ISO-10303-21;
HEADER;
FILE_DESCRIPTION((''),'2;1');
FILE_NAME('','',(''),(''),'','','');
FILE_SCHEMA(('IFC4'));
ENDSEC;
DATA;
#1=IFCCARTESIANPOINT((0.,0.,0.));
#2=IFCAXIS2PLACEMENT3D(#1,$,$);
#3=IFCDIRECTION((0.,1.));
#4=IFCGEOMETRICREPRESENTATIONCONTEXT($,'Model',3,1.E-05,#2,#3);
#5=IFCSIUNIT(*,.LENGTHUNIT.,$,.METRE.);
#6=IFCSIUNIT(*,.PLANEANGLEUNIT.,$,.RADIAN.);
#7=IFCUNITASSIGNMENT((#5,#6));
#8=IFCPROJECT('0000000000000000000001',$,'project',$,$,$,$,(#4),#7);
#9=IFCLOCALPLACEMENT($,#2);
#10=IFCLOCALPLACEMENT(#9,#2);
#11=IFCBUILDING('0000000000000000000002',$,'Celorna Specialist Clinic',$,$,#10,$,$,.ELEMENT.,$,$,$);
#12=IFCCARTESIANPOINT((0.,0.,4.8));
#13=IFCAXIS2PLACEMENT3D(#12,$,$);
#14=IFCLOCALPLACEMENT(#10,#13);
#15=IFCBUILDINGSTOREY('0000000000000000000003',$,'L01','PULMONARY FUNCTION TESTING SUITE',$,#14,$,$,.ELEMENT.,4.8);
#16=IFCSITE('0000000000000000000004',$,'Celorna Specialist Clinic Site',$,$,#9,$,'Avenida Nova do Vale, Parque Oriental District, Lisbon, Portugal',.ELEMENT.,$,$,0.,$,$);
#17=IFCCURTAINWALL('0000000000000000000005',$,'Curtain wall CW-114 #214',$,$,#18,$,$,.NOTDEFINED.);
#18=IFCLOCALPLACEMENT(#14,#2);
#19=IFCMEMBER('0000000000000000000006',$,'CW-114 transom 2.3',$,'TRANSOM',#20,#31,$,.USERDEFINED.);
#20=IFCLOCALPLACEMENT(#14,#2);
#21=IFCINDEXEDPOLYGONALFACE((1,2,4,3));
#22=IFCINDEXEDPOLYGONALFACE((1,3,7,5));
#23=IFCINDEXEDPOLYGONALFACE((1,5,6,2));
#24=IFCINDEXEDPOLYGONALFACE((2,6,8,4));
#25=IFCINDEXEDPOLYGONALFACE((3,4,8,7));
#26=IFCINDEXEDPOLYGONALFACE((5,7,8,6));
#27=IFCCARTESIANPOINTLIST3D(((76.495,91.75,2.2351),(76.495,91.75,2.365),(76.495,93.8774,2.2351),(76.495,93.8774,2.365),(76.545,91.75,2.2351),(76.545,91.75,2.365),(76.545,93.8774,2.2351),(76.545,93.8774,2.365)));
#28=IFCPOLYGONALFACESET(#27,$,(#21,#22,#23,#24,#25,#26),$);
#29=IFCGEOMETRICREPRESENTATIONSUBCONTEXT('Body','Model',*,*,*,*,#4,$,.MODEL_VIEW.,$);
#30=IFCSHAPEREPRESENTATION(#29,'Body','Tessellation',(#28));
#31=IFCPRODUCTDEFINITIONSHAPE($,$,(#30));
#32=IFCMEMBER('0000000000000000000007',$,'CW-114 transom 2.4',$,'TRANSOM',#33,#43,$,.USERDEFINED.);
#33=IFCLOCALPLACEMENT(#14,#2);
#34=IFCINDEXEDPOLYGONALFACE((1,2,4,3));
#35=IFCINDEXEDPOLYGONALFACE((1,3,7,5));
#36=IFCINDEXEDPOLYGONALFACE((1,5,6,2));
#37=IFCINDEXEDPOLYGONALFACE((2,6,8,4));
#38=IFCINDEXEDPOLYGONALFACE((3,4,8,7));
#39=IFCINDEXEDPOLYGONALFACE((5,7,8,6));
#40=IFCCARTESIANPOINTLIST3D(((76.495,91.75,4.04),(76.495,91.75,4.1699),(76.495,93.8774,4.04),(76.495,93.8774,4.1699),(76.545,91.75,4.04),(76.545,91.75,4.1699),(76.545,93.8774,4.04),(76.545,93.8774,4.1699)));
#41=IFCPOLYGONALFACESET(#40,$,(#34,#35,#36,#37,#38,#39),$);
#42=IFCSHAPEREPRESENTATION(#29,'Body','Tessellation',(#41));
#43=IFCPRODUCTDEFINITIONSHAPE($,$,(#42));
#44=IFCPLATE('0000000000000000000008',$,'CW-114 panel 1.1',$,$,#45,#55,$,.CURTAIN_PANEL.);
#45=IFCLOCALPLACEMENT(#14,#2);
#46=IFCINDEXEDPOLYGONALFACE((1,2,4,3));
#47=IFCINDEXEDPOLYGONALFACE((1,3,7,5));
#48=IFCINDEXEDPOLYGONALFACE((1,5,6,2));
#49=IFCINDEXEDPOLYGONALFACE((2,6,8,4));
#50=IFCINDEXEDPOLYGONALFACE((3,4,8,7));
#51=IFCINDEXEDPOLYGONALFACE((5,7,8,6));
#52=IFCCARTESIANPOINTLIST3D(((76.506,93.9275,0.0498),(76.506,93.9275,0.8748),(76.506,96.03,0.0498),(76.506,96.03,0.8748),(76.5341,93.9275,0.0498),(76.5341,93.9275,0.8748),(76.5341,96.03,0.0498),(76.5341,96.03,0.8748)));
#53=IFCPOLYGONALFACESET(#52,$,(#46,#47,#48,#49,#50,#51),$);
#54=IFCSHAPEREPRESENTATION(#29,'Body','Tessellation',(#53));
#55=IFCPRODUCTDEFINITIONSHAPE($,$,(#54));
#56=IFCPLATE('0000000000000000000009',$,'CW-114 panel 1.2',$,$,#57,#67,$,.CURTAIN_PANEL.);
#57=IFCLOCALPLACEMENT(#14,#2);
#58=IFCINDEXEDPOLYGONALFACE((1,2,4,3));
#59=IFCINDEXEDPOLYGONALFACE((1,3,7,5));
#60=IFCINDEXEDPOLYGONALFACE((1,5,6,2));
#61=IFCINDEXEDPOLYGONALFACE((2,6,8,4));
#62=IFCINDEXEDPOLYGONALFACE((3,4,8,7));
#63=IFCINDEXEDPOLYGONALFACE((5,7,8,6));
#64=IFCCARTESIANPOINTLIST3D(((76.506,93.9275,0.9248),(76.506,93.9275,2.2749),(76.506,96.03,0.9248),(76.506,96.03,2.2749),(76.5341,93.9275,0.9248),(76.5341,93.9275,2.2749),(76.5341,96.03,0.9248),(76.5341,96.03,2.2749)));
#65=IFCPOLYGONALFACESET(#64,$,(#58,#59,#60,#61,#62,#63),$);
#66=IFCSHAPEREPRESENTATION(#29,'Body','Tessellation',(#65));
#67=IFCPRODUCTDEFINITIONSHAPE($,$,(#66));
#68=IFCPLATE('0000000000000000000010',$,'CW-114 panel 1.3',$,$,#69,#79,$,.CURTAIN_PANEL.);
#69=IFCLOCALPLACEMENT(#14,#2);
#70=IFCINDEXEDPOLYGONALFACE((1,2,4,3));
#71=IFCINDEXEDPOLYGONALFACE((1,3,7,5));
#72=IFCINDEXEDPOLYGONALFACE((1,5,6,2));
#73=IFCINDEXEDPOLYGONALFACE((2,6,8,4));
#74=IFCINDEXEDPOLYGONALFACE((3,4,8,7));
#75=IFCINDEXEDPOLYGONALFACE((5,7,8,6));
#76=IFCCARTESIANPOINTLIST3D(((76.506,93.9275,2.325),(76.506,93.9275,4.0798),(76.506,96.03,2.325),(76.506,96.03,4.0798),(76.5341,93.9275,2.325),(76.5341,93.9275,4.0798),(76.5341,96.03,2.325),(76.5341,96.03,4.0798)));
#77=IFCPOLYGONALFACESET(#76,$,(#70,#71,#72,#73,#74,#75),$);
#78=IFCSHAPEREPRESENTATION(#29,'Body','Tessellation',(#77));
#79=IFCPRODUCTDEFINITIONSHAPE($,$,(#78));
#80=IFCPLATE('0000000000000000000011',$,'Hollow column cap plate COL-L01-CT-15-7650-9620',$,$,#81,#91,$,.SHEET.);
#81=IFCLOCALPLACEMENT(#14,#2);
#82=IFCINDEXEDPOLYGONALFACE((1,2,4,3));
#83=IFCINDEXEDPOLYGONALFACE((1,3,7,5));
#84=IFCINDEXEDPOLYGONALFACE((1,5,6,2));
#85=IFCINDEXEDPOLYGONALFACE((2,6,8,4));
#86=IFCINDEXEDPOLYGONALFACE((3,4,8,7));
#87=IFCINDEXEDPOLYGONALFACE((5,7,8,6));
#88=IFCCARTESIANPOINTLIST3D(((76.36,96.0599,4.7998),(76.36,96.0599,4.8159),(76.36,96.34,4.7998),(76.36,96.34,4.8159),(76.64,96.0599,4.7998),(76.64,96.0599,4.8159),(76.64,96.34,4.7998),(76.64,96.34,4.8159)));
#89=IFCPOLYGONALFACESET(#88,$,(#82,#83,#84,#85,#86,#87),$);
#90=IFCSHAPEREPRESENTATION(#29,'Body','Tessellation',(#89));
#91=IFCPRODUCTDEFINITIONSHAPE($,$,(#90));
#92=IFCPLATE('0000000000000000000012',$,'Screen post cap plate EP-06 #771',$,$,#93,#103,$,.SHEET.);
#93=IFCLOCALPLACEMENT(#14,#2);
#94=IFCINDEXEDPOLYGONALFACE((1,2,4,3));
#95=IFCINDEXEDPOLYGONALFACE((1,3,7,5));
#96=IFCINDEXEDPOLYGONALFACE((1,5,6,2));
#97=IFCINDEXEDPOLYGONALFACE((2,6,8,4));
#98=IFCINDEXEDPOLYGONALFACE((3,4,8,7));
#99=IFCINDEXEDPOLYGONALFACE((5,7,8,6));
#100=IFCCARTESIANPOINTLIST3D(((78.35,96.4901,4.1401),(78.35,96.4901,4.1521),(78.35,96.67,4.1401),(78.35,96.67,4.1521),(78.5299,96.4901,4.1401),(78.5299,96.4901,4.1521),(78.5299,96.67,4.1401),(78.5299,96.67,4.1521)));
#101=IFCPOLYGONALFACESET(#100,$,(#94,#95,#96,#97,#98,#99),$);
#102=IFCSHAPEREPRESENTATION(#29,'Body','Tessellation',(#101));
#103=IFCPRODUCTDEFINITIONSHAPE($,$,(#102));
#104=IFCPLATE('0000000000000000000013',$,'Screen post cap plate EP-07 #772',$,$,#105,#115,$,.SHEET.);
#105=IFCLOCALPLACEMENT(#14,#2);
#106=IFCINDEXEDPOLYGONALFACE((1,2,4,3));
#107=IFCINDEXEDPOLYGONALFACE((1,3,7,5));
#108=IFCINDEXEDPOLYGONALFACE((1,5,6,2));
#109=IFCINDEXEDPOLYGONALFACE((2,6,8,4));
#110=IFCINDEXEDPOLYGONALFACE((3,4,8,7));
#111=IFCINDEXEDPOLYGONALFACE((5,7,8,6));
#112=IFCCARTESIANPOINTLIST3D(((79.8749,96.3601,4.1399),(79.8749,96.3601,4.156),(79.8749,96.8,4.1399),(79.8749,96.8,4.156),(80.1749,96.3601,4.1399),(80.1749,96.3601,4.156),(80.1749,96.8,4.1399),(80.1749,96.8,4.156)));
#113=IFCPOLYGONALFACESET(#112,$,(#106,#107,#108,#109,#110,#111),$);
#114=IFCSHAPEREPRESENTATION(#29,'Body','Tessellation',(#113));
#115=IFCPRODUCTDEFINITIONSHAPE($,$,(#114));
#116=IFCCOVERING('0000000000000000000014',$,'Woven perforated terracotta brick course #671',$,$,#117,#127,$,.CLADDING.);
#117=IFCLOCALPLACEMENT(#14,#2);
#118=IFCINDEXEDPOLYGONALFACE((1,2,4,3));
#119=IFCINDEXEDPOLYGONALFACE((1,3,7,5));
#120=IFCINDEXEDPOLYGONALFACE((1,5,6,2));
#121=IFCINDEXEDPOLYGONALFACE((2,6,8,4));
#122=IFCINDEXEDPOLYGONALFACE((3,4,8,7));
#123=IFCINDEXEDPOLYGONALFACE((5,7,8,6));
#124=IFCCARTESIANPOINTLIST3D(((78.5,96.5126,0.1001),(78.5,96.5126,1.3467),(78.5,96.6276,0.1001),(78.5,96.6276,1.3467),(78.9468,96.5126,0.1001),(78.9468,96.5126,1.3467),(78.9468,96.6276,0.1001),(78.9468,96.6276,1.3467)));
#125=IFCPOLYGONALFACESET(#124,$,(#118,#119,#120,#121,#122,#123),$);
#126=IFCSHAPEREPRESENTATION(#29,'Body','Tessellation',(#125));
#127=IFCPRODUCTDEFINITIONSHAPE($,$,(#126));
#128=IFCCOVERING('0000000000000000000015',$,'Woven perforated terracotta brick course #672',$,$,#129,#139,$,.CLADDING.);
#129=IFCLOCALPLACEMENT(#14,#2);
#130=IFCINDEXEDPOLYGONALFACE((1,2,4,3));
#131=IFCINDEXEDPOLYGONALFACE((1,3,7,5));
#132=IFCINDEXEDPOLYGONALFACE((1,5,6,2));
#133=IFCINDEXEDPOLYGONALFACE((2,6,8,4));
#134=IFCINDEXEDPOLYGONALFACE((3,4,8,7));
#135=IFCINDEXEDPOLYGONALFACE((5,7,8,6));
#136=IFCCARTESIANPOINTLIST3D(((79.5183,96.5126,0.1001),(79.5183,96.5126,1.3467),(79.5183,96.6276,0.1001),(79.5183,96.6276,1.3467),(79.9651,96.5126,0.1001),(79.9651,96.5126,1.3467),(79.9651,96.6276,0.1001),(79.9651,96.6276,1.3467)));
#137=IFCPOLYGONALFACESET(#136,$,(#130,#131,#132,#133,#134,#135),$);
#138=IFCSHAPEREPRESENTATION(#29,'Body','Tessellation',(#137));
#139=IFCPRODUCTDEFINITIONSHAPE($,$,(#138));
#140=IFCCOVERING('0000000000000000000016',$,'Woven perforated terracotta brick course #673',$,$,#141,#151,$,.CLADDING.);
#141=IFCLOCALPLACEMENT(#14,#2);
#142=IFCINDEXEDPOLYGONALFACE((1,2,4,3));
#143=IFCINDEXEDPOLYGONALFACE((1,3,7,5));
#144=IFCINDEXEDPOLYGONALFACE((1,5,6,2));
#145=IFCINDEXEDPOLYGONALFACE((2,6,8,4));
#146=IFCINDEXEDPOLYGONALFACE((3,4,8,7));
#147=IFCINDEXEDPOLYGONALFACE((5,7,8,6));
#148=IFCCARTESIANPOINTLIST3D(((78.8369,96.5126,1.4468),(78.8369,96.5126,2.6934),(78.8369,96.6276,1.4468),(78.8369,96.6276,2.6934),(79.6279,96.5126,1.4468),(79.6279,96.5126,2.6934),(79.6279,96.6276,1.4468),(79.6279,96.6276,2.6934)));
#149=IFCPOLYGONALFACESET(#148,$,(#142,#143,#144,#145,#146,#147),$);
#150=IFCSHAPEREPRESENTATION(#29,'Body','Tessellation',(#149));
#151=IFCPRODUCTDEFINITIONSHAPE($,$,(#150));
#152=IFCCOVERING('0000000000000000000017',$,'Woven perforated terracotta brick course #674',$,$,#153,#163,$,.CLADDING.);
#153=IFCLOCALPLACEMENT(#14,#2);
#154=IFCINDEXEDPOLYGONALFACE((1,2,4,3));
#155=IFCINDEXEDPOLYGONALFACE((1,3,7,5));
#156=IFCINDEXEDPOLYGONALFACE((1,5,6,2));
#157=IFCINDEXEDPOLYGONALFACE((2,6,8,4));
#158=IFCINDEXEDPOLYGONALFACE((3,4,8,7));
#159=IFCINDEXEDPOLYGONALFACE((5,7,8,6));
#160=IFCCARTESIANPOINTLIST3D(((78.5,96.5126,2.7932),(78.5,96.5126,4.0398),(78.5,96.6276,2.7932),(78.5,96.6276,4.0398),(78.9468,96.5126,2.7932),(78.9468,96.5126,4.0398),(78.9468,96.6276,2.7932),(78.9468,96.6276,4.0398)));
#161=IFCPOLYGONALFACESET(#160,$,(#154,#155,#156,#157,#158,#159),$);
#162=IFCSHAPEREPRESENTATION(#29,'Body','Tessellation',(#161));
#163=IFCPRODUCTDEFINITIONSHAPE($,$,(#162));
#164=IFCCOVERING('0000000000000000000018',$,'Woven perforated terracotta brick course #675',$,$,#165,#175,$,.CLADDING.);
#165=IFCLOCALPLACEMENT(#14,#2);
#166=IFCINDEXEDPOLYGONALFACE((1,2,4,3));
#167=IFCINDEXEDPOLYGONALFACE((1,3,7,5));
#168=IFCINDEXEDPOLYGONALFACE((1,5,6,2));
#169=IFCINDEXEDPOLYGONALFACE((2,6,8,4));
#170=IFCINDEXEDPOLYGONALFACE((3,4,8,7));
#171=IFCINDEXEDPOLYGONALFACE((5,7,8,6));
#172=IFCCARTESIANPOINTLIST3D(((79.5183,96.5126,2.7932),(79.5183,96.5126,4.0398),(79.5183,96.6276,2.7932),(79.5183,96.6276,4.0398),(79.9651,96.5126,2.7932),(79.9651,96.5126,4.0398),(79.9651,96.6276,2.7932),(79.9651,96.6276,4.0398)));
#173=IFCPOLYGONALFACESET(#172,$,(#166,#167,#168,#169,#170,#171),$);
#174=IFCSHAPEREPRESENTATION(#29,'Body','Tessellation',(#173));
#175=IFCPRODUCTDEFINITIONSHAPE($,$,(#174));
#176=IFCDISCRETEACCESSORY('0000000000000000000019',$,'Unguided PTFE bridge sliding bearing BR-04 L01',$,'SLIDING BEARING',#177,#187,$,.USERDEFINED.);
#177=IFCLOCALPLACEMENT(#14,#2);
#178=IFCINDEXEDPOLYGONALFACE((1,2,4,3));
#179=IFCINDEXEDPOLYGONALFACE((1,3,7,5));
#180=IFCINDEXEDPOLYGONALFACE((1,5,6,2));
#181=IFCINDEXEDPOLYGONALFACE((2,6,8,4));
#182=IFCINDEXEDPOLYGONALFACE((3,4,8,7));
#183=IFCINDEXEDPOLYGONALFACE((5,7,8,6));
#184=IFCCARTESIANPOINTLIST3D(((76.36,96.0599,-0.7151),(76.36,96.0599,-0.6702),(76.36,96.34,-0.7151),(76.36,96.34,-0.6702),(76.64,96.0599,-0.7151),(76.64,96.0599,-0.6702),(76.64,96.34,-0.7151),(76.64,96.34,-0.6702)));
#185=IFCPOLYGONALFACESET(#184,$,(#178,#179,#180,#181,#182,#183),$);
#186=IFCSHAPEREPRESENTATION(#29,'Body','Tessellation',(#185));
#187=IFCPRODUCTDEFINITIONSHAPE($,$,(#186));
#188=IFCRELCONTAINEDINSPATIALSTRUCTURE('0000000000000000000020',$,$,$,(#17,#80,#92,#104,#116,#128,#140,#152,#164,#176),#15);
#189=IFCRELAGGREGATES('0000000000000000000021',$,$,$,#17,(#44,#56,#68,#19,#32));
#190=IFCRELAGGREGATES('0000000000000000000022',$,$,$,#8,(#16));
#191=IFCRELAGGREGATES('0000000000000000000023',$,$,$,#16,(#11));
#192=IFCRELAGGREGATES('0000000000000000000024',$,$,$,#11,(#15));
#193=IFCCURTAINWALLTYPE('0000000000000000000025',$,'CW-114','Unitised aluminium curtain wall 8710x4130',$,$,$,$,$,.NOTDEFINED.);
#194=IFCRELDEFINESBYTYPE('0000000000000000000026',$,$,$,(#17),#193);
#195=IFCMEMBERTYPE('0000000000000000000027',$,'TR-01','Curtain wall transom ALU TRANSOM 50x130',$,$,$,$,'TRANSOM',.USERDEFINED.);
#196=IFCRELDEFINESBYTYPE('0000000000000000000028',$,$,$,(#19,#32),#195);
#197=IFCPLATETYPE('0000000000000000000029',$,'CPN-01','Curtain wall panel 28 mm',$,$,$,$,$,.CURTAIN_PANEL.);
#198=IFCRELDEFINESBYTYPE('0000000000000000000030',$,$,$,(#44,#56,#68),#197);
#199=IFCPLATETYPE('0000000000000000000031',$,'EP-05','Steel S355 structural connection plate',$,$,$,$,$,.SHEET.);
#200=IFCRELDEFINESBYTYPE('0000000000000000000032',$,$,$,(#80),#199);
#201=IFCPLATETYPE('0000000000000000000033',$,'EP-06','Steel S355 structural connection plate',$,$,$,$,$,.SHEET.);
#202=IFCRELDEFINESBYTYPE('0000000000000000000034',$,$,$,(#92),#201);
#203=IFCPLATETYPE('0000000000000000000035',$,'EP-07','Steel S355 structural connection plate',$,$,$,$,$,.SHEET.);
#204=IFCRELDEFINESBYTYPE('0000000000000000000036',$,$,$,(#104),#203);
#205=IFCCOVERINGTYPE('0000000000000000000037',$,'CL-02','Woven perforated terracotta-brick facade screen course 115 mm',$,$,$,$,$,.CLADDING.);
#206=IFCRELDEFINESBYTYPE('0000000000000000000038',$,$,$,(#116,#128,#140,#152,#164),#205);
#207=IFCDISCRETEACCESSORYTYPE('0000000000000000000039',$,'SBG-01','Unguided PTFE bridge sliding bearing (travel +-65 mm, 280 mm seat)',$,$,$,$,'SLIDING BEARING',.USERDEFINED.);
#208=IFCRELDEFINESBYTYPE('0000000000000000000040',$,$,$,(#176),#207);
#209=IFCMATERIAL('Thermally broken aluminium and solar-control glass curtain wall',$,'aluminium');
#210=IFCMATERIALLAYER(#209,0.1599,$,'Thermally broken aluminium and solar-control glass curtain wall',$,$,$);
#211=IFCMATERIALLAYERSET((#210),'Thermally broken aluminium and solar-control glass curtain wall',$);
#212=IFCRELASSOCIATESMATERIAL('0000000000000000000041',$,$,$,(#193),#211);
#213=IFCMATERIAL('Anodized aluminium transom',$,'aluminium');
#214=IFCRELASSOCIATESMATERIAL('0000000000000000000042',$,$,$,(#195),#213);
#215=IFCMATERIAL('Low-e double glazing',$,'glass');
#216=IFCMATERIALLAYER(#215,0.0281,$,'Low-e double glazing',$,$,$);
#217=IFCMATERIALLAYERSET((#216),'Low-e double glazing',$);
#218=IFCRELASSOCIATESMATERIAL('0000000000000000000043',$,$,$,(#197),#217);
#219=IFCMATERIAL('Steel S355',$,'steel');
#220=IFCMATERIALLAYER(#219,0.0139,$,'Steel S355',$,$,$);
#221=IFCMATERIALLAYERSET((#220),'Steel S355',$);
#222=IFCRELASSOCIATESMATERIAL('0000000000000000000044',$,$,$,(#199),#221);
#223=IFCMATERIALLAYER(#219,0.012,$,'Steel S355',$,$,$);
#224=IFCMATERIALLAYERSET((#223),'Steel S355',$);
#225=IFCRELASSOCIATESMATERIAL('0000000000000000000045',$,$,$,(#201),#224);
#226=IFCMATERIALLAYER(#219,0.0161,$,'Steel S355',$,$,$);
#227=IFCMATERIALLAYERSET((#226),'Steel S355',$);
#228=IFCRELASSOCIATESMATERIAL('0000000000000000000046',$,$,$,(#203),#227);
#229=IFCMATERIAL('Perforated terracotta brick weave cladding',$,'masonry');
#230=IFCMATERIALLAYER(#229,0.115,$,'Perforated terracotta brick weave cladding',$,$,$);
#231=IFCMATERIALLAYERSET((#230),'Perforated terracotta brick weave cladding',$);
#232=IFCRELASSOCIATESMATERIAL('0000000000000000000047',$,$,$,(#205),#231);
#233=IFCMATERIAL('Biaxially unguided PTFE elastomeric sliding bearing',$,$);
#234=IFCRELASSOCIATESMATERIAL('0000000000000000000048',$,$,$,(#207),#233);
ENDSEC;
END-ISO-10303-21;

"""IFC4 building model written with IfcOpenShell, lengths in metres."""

from ifc_helpers import new_model, si_unit, direction, frame, origin, origin_2d, place, context, subcontext, project, spatial, rectangle, extrude, material, layer, layer_set, material_profile, profile_set, type_object, element, aggregate, save


model = new_model("IFC4")

# Units and contexts
model_context = context("Model", 3, precision=1e-05, world=origin(), true_north=direction((0.0, 1.0)))
body_context = subcontext(model_context, "Body", "Model", "MODEL_VIEW")
ifc_project = project(units=[si_unit("LENGTHUNIT", "METRE"), si_unit("PLANEANGLEUNIT", "RADIAN")], contexts=[model_context])

# Site, building, storey
site_placement = place(None, origin())
site = spatial("IfcSite", under=ifc_project, at=site_placement, Name="Celorna Specialist Clinic Site", LongName="Avenida Nova do Vale, Parque Oriental District, Lisbon, Portugal", CompositionType="ELEMENT", RefElevation=0.0)
building_placement = place(site_placement, origin())
building = spatial("IfcBuilding", under=site, at=building_placement, Name="Celorna Specialist Clinic", CompositionType="ELEMENT")
storey_placement = place(building_placement, frame((0.0, 0.0, 4.8)))
storey = spatial("IfcBuildingStorey", under=building, at=storey_placement, Name="L01", Description="PULMONARY FUNCTION TESTING SUITE", CompositionType="ELEMENT", Elevation=4.8)

# Shared definitions
ifc_material_1 = material(Name="Steel S355", Category="steel")

# Shared definitions
ifc_material_2 = material(Name="Thermally broken aluminium and solar-control glass curtain wall", Category="aluminium")

# Curtain wall, members, plates
ifc_layer_1 = layer(ifc_material_2, 0.1599, Name="Thermally broken aluminium and solar-control glass curtain wall")
ifc_layer_set_1 = layer_set([ifc_layer_1], Name="Thermally broken aluminium and solar-control glass curtain wall")
curtain_wall_type_1 = type_object("IfcCurtainWallType", Name="CW-114", Description="Unitised aluminium curtain wall 8710x4130", PredefinedType="NOTDEFINED", material=ifc_layer_set_1)
curtain_wall_1_placement = place(storey_placement, origin())
curtain_wall_1 = element("IfcCurtainWall", 1, at=curtain_wall_1_placement, inside=storey, type_object=curtain_wall_type_1, Name="Curtain wall CW-114 #214", PredefinedType="NOTDEFINED")
ifc_material_3 = material(Name="Anodized aluminium transom", Category="aluminium")
ifc_material_profile_1 = material_profile(ifc_material_3, rectangle(XDim=0.05, YDim=0.1299, at=origin_2d()), Name="ALU TRANSOM 50x130")
ifc_profile_set_1 = profile_set([ifc_material_profile_1], Name="Anodized aluminium transom")
member_type_1 = type_object("IfcMemberType", Name="TR-01", Description="Curtain wall transom ALU TRANSOM 50x130", ElementType="TRANSOM", PredefinedType="USERDEFINED", material=ifc_profile_set_1)
member_1_placement = place(storey_placement, frame((76.52, 93.8774, 2.3), z_axis=(0.0, -1.0, 0.0), x_axis=(1.0, 0.0, 0.0)))
member_1 = element("IfcMember", 2, at=member_1_placement, type_object=member_type_1, Name="CW-114 transom 2.3", ObjectType="TRANSOM", PredefinedType="USERDEFINED", context=body_context, shape_type="SweptSolid", body=[
    extrude(rectangle(XDim=0.05, YDim=0.1299, at=origin_2d()), origin(), (0.0, 0.0, 1.0), 2.1274),
])
member_2_placement = place(storey_placement, frame((76.52, 93.8774, 4.105), z_axis=(0.0, -1.0, 0.0), x_axis=(1.0, 0.0, 0.0)))
member_2 = element("IfcMember", 3, at=member_2_placement, type_object=member_type_1, Name="CW-114 transom 2.4", ObjectType="TRANSOM", PredefinedType="USERDEFINED", context=body_context, shape_type="SweptSolid", body=[
    extrude(rectangle(XDim=0.05, YDim=0.1299, at=origin_2d()), origin(), (0.0, 0.0, 1.0), 2.1274),
])
ifc_material_4 = material(Name="Low-e double glazing", Category="glass")
ifc_layer_2 = layer(ifc_material_4, 0.0281, Name="Low-e double glazing")
ifc_layer_set_2 = layer_set([ifc_layer_2], Name="Low-e double glazing")
plate_type_1 = type_object("IfcPlateType", Name="CPN-01", Description="Curtain wall panel 28 mm", PredefinedType="CURTAIN_PANEL", material=ifc_layer_set_2)
plate_1_placement = place(storey_placement, frame((76.52, 94.9788, 0.0498), z_axis=(0.0, 0.0, 1.0), x_axis=(0.0, -1.0, 0.0)))
plate_1 = element("IfcPlate", 4, at=plate_1_placement, type_object=plate_type_1, Name="CW-114 panel 1.1", PredefinedType="CURTAIN_PANEL", context=body_context, shape_type="SweptSolid", body=[
    extrude(rectangle(XDim=2.1025, YDim=0.0281, at=origin_2d()), origin(), (0.0, 0.0, 1.0), 0.825),
])
plate_2_placement = place(storey_placement, frame((76.52, 94.9788, 0.9248), z_axis=(0.0, 0.0, 1.0), x_axis=(0.0, -1.0, 0.0)))
plate_2 = element("IfcPlate", 5, at=plate_2_placement, type_object=plate_type_1, Name="CW-114 panel 1.2", PredefinedType="CURTAIN_PANEL", context=body_context, shape_type="SweptSolid", body=[
    extrude(rectangle(XDim=2.1025, YDim=0.0281, at=origin_2d()), origin(), (0.0, 0.0, 1.0), 1.3501),
])
plate_3_placement = place(storey_placement, frame((76.52, 94.9788, 2.325), z_axis=(0.0, 0.0, 1.0), x_axis=(0.0, -1.0, 0.0)))
plate_3 = element("IfcPlate", 6, at=plate_3_placement, type_object=plate_type_1, Name="CW-114 panel 1.3", PredefinedType="CURTAIN_PANEL", context=body_context, shape_type="SweptSolid", body=[
    extrude(rectangle(XDim=2.1025, YDim=0.0281, at=origin_2d()), origin(), (0.0, 0.0, 1.0), 1.7549),
])
aggregate(curtain_wall_1, [plate_1, plate_2, plate_3, member_1, member_2])

# Plates
ifc_layer_3 = layer(ifc_material_1, 0.0139, Name="Steel S355")
ifc_layer_set_3 = layer_set([ifc_layer_3], Name="Steel S355")
plate_type_2 = type_object("IfcPlateType", Name="EP-05", Description="Steel S355 structural connection plate", PredefinedType="SHEET", material=ifc_layer_set_3)
plate_4_placement = place(storey_placement, frame((76.5, 96.2, 4.7998), z_axis=(0.0, 0.0, 1.0), x_axis=(1.0, 0.0, 0.0)))
element("IfcPlate", 7, at=plate_4_placement, inside=storey, type_object=plate_type_2, Name="Hollow column cap plate COL-L01-CT-15-7650-9620", PredefinedType="SHEET", context=body_context, shape_type="SweptSolid", body=[
    extrude(rectangle(XDim=0.28, YDim=0.28, at=origin_2d()), origin(), (0.0, 0.0, 1.0), 0.0161),
])
ifc_layer_4 = layer(ifc_material_1, 0.012, Name="Steel S355")
ifc_layer_set_4 = layer_set([ifc_layer_4], Name="Steel S355")
plate_type_3 = type_object("IfcPlateType", Name="EP-06", Description="Steel S355 structural connection plate", PredefinedType="SHEET", material=ifc_layer_set_4)
plate_5_placement = place(storey_placement, frame((78.4399, 96.5801, 4.1401), z_axis=(0.0, 0.0, 1.0), x_axis=(1.0, 0.0, 0.0)))
element("IfcPlate", 8, at=plate_5_placement, inside=storey, type_object=plate_type_3, Name="Screen post cap plate EP-06 #771", PredefinedType="SHEET", context=body_context, shape_type="SweptSolid", body=[
    extrude(rectangle(XDim=0.1799, YDim=0.1799, at=origin_2d()), origin(), (0.0, 0.0, 1.0), 0.012),
])
ifc_layer_5 = layer(ifc_material_1, 0.0161, Name="Steel S355")
ifc_layer_set_5 = layer_set([ifc_layer_5], Name="Steel S355")
plate_type_4 = type_object("IfcPlateType", Name="EP-07", Description="Steel S355 structural connection plate", PredefinedType="SHEET", material=ifc_layer_set_5)
plate_6_placement = place(storey_placement, frame((80.0249, 96.5801, 4.1399), z_axis=(0.0, 0.0, 1.0), x_axis=(1.0, 0.0, 0.0)))
element("IfcPlate", 9, at=plate_6_placement, inside=storey, type_object=plate_type_4, Name="Screen post cap plate EP-07 #772", PredefinedType="SHEET", context=body_context, shape_type="SweptSolid", body=[
    extrude(rectangle(XDim=0.3, YDim=0.4399, at=origin_2d()), origin(), (0.0, 0.0, 1.0), 0.0161),
])

# Coverings
ifc_material_5 = material(Name="Perforated terracotta brick weave cladding", Category="masonry")
ifc_layer_6 = layer(ifc_material_5, 0.115, Name="Perforated terracotta brick weave cladding")
ifc_layer_set_6 = layer_set([ifc_layer_6], Name="Perforated terracotta brick weave cladding")
covering_type = type_object("IfcCoveringType", Name="CL-02", Description="Woven perforated terracotta-brick facade screen course 115 mm", PredefinedType="CLADDING", material=ifc_layer_set_6)
for number, where, z_axis, x_axis, name in (
    (10, (78.7234, 96.5701, 0.1001), (0.0, 0.0, 1.0), (1.0, 0.0, 0.0), "Woven perforated terracotta brick course #671"),
    (11, (79.7417, 96.5701, 0.1001), (0.0, 0.0, 1.0), (1.0, 0.0, 0.0), "Woven perforated terracotta brick course #672"),
):
    element("IfcCovering", number, at=place(storey_placement, frame(where, z_axis=z_axis, x_axis=x_axis)), inside=storey, type_object=covering_type, Name=name, PredefinedType="CLADDING", context=body_context, shape_type="SweptSolid", body=[
        extrude(rectangle(XDim=0.4468, YDim=0.115, at=origin_2d()), origin(), (0.0, 0.0, 1.0), 1.2466),
    ])
covering_placement = place(storey_placement, frame((79.2324, 96.5701, 1.4468), z_axis=(0.0, 0.0, 1.0), x_axis=(1.0, 0.0, 0.0)))
element("IfcCovering", 12, at=covering_placement, inside=storey, type_object=covering_type, Name="Woven perforated terracotta brick course #673", PredefinedType="CLADDING", context=body_context, shape_type="SweptSolid", body=[
    extrude(rectangle(XDim=0.791, YDim=0.115, at=origin_2d()), origin(), (0.0, 0.0, 1.0), 1.2466),
])
for number, where, z_axis, x_axis, name in (
    (13, (78.7234, 96.5701, 2.7932), (0.0, 0.0, 1.0), (1.0, 0.0, 0.0), "Woven perforated terracotta brick course #674"),
    (14, (79.7417, 96.5701, 2.7932), (0.0, 0.0, 1.0), (1.0, 0.0, 0.0), "Woven perforated terracotta brick course #675"),
):
    element("IfcCovering", number, at=place(storey_placement, frame(where, z_axis=z_axis, x_axis=x_axis)), inside=storey, type_object=covering_type, Name=name, PredefinedType="CLADDING", context=body_context, shape_type="SweptSolid", body=[
        extrude(rectangle(XDim=0.4468, YDim=0.115, at=origin_2d()), origin(), (0.0, 0.0, 1.0), 1.2466),
    ])

# Discrete accessory
ifc_material_6 = material(Name="Biaxially unguided PTFE elastomeric sliding bearing")
discrete_accessory_type = type_object("IfcDiscreteAccessoryType", Name="SBG-01", Description="Unguided PTFE bridge sliding bearing (travel +-65 mm, 280 mm seat)", ElementType="SLIDING BEARING", PredefinedType="USERDEFINED", material=ifc_material_6)
discrete_accessory_placement = place(storey_placement, frame((76.5, 96.2, -0.7151), z_axis=(0.0, 0.0, 1.0), x_axis=(1.0, 0.0, 0.0)))
element("IfcDiscreteAccessory", 15, at=discrete_accessory_placement, inside=storey, type_object=discrete_accessory_type, Name="Unguided PTFE bridge sliding bearing BR-04 L01", ObjectType="SLIDING BEARING", PredefinedType="USERDEFINED", context=body_context, shape_type="SweptSolid", body=[
    extrude(rectangle(XDim=0.28, YDim=0.28, at=origin_2d()), origin(), (0.0, 0.0, 1.0), 0.0449),
])

save(model, "model.ifc")
